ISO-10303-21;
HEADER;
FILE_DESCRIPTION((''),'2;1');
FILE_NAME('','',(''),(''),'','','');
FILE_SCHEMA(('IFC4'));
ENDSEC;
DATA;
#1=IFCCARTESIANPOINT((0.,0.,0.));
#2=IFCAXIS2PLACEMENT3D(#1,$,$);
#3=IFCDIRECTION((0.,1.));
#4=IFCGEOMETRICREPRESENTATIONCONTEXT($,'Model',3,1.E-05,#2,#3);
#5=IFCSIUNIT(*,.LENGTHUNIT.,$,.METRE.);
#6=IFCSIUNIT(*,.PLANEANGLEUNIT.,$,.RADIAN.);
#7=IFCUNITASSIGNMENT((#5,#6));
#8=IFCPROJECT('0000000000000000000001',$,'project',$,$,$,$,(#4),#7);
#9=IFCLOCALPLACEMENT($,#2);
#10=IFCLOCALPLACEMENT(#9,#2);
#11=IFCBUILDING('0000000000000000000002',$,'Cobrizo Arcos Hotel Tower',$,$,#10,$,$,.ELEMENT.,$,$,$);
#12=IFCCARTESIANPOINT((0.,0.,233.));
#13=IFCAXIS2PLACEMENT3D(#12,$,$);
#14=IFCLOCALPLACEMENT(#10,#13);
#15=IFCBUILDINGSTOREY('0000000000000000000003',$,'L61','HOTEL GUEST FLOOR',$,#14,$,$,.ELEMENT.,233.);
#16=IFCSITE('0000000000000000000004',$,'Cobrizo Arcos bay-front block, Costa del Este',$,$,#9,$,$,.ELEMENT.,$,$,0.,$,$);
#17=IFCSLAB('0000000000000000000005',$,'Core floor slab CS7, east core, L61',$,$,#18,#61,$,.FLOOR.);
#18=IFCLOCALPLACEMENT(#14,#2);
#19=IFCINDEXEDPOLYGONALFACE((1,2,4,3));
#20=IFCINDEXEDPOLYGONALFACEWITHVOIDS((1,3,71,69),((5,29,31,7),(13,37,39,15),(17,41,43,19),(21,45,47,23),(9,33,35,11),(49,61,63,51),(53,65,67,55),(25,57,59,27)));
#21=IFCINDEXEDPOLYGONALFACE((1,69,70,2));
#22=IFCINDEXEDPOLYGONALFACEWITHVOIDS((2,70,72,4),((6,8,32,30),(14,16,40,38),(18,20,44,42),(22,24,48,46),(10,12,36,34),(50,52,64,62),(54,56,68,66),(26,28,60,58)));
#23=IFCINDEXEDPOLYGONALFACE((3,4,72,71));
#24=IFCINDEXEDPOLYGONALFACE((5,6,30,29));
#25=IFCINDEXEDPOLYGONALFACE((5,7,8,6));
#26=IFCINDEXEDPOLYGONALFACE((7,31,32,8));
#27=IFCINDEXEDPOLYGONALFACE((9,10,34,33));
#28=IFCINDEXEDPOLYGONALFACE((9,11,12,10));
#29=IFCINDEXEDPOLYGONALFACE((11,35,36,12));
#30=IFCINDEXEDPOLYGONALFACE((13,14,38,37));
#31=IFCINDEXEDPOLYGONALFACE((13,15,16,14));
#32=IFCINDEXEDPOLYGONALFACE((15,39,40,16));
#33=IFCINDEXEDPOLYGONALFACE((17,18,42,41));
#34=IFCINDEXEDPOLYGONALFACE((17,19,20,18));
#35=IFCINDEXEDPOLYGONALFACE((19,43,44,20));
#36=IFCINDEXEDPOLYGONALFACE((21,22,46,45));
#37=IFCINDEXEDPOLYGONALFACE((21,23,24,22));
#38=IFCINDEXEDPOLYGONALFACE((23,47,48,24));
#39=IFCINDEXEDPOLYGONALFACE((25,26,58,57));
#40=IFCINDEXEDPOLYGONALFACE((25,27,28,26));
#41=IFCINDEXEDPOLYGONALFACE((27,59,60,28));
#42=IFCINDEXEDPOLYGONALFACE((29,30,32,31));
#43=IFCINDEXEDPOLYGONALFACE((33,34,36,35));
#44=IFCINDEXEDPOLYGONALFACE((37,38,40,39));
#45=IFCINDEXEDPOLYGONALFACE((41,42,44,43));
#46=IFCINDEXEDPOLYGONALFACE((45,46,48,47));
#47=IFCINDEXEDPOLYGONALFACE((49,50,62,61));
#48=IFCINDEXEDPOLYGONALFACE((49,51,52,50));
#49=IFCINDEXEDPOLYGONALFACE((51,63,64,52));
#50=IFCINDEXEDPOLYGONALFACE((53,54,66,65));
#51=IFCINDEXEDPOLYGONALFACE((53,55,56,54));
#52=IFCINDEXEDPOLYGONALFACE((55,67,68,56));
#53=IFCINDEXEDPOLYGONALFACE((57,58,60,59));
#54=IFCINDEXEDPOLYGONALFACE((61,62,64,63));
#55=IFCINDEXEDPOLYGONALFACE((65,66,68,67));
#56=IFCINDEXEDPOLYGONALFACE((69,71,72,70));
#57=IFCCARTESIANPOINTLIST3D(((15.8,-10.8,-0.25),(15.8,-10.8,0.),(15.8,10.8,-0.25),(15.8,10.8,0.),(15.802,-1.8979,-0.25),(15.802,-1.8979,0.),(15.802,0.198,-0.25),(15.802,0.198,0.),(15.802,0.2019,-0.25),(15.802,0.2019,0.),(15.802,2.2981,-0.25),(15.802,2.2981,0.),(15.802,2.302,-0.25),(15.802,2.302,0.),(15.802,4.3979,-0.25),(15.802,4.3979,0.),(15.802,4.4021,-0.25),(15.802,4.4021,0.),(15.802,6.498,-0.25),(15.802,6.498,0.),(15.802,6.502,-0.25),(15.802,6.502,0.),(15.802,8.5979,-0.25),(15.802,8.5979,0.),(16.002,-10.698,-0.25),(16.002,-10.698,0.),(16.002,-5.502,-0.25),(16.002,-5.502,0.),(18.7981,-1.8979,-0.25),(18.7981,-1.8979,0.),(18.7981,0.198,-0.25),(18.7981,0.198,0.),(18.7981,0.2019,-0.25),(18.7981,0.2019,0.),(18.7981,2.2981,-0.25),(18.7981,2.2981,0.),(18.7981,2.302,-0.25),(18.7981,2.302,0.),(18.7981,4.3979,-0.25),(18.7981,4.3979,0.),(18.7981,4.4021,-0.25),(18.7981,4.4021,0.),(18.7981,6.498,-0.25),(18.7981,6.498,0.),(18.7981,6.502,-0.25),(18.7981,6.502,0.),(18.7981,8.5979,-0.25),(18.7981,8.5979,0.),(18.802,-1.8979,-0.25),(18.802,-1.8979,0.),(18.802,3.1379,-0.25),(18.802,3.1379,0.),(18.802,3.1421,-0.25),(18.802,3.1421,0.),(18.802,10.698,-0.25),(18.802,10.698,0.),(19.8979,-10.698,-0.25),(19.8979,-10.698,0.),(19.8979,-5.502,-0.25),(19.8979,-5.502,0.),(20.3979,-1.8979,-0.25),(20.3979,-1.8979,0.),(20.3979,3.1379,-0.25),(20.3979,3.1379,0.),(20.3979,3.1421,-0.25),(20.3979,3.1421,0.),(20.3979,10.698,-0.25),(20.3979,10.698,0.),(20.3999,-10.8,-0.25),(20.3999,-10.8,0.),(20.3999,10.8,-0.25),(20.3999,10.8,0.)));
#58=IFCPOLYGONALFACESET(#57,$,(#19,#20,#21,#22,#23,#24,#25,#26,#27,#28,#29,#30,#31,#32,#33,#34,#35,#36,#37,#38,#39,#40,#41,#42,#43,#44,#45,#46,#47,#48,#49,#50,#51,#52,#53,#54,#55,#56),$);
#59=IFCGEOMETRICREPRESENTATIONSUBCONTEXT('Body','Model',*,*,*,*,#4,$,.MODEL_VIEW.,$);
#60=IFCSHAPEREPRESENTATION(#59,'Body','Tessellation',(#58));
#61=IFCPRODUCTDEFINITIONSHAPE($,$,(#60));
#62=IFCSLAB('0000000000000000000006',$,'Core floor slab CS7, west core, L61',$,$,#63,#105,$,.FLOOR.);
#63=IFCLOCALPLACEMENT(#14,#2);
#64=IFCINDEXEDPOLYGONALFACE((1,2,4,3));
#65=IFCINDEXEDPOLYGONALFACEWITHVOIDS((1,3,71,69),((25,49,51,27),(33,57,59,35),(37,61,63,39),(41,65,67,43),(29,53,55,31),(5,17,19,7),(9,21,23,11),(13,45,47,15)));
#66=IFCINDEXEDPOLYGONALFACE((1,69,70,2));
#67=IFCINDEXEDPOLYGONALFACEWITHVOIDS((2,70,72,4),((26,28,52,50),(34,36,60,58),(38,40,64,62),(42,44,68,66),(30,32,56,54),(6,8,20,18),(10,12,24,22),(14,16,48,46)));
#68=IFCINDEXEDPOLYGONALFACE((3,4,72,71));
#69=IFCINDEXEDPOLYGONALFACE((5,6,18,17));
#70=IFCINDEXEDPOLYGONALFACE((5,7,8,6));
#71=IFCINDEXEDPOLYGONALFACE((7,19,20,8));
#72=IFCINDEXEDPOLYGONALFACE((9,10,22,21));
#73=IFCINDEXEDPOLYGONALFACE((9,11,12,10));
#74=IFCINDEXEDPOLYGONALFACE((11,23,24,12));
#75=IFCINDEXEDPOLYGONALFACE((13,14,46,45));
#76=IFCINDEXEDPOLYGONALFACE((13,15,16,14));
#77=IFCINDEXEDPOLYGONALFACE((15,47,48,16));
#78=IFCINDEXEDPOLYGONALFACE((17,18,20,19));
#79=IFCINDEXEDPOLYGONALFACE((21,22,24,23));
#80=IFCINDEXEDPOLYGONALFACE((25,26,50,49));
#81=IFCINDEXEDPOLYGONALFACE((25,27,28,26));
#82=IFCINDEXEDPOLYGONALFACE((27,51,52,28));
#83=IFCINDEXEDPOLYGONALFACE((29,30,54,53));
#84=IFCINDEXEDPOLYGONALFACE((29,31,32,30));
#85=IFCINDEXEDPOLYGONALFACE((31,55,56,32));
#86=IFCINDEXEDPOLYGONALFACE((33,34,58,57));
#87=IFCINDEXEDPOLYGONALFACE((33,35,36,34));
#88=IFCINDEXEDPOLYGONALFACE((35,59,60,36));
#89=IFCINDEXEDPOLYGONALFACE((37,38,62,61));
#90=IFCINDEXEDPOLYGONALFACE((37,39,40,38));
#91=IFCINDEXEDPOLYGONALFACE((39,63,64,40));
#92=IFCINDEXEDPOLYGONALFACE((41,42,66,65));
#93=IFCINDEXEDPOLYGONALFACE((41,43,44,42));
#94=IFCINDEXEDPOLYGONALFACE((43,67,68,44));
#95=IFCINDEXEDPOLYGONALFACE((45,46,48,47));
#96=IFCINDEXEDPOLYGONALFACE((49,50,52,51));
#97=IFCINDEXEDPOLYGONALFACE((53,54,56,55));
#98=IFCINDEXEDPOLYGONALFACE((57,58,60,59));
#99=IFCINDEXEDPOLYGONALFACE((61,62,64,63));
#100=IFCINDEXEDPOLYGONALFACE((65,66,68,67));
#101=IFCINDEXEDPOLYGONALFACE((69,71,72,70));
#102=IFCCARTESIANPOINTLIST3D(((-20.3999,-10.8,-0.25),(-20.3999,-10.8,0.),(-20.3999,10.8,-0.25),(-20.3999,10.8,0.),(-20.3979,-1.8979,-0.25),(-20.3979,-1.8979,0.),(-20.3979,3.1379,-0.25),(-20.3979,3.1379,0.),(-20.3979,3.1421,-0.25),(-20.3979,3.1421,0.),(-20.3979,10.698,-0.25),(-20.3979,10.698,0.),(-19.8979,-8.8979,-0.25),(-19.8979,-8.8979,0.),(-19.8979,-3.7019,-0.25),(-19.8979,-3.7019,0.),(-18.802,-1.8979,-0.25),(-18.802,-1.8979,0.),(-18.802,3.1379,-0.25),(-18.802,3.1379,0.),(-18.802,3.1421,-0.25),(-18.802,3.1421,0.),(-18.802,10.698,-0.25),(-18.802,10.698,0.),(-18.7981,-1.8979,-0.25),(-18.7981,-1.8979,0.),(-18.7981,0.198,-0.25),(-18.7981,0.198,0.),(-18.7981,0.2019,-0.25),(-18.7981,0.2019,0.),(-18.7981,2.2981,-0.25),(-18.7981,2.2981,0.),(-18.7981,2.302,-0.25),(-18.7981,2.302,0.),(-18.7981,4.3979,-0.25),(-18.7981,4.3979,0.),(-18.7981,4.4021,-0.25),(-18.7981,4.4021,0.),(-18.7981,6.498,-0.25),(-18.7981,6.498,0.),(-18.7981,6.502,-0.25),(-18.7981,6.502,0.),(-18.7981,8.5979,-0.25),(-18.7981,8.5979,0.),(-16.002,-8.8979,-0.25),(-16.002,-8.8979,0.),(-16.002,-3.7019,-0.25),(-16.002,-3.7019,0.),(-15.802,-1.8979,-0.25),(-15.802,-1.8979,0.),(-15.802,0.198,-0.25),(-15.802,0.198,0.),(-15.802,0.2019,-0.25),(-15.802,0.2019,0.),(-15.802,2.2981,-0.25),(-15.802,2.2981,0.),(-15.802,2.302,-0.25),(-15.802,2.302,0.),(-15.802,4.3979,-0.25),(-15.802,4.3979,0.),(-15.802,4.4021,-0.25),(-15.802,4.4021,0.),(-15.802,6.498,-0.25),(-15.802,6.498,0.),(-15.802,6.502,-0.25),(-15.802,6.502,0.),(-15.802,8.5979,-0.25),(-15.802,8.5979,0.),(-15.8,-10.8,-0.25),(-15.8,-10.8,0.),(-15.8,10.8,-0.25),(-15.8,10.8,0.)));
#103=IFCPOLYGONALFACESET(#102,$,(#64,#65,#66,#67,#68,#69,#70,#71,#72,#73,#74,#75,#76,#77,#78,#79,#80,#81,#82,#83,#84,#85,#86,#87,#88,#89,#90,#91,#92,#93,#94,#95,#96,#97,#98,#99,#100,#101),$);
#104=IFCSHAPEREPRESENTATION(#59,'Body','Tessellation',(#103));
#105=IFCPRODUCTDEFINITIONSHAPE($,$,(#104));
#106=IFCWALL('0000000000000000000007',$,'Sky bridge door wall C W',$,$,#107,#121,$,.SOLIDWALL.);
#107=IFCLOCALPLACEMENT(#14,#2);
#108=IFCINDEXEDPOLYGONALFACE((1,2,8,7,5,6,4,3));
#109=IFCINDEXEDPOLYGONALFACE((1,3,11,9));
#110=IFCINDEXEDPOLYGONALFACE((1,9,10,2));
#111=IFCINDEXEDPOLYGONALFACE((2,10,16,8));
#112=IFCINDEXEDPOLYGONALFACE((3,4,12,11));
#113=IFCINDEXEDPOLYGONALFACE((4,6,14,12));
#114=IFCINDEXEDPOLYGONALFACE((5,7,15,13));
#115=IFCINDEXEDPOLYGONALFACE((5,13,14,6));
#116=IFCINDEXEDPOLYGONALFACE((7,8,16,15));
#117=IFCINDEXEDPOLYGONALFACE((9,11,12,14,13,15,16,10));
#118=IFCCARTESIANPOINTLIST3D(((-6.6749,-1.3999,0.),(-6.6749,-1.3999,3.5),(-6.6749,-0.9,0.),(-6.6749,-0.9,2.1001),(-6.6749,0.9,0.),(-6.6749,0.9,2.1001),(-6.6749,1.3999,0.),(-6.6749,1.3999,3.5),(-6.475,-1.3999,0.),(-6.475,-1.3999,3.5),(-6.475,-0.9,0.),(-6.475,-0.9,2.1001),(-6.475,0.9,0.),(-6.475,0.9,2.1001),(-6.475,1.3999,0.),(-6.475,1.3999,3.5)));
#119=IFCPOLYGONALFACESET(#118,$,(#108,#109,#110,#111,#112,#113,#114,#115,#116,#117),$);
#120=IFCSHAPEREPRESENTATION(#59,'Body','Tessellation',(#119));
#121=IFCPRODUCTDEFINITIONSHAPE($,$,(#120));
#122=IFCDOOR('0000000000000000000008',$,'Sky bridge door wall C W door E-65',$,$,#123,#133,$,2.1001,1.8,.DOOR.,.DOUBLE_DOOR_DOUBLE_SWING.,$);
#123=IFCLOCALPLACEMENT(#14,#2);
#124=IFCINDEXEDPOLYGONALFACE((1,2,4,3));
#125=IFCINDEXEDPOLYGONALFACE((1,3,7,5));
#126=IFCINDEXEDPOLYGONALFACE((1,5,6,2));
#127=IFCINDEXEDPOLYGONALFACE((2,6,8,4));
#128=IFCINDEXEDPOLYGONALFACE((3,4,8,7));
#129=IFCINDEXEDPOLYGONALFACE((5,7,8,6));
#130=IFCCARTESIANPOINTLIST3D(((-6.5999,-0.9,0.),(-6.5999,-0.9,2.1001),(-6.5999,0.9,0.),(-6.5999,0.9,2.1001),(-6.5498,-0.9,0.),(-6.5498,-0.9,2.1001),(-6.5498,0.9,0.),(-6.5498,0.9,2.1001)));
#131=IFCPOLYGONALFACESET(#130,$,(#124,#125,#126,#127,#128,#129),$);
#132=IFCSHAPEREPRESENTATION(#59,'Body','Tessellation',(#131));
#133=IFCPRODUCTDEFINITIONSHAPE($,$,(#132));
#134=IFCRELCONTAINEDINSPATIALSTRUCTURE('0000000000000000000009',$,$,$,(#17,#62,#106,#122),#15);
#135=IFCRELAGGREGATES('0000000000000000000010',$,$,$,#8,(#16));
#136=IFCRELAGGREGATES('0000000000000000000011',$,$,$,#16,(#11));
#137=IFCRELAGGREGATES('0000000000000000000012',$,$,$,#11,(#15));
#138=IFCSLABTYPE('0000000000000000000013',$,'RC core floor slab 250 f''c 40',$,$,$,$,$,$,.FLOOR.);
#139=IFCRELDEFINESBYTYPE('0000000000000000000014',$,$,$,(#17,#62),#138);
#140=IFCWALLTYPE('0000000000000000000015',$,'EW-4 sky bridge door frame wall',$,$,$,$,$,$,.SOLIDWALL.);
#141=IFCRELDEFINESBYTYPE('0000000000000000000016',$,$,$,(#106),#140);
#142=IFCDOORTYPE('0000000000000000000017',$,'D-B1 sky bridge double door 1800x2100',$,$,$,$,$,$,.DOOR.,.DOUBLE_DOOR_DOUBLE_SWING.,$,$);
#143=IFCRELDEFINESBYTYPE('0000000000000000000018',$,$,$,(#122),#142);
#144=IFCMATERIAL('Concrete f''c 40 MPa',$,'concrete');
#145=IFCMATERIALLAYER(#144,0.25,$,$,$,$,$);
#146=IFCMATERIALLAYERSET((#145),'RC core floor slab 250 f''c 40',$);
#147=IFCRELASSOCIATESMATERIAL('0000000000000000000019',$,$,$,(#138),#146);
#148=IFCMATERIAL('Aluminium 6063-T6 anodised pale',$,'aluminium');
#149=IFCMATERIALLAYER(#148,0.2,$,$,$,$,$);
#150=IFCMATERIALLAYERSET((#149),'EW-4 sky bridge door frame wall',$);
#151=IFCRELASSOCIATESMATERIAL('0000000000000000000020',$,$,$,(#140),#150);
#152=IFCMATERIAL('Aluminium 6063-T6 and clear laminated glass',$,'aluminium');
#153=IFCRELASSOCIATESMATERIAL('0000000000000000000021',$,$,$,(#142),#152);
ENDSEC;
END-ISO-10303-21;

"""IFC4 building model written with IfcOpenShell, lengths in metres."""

from ifc_helpers import new_model, si_unit, direction, frame, frame_2d, origin, place, context, subcontext, project, spatial, polyline, rectangle, outline, extrude, material, layer, layer_set, type_object, element, fill, save


model = new_model("IFC4")

# Units and contexts
model_context = context("Model", 3, precision=1e-05, world=origin(), true_north=direction((0.0, 1.0)))
body_context = subcontext(model_context, "Body", "Model", "MODEL_VIEW")
ifc_project = project(units=[si_unit("LENGTHUNIT", "METRE"), si_unit("PLANEANGLEUNIT", "RADIAN")], contexts=[model_context])

# Site, building, storey
site_placement = place(None, origin())
site = spatial("IfcSite", under=ifc_project, at=site_placement, Name="Cobrizo Arcos bay-front block, Costa del Este", CompositionType="ELEMENT", RefElevation=0.0)
building_placement = place(site_placement, origin())
building = spatial("IfcBuilding", under=site, at=building_placement, Name="Cobrizo Arcos Hotel Tower", CompositionType="ELEMENT")
storey_placement = place(building_placement, frame((0.0, 0.0, 233.0)))
storey = spatial("IfcBuildingStorey", under=building, at=storey_placement, Name="L61", Description="HOTEL GUEST FLOOR", CompositionType="ELEMENT", Elevation=233.0)

# Slabs
ifc_material_1 = material(Name="Concrete f'c 40 MPa", Category="concrete")
ifc_layer_1 = layer(ifc_material_1, 0.25)
ifc_layer_set_1 = layer_set([ifc_layer_1], Name="RC core floor slab 250 f'c 40")
slab_type_1 = type_object("IfcSlabType", Name="RC core floor slab 250 f'c 40", PredefinedType="FLOOR", material=ifc_layer_set_1)
slab_1_placement = place(storey_placement, frame((0.0, 0.0, -0.25)))
element("IfcSlab", 1, at=slab_1_placement, inside=storey, type_object=slab_type_1, Name="Core floor slab CS7, east core, L61", PredefinedType="FLOOR", context=body_context, shape_type="SweptSolid", body=[
    extrude(outline(polyline([(15.8, 10.8), (20.3999, 10.8), (20.3999, -10.8), (15.8, -10.8), (15.8, 10.8)]), holes=[polyline([(19.8979, -10.698), (19.8979, -5.502), (16.002, -5.502), (16.002, -10.698), (19.8979, -10.698)]), polyline([(15.802, 0.198), (15.802, -1.8979), (18.7981, -1.8979), (18.7981, 0.198), (15.802, 0.198)]), polyline([(20.3979, 3.1379), (18.802, 3.1379), (18.802, -1.8979), (20.3979, -1.8979), (20.3979, 3.1379)]), polyline([(18.7981, 2.2981), (15.802, 2.2981), (15.802, 0.2019), (18.7981, 0.2019), (18.7981, 2.2981)]), polyline([(18.7981, 4.3979), (15.802, 4.3979), (15.802, 2.302), (18.7981, 2.302), (18.7981, 4.3979)]), polyline([(18.7981, 6.498), (15.802, 6.498), (15.802, 4.4021), (18.7981, 4.4021), (18.7981, 6.498)]), polyline([(20.3979, 10.698), (18.802, 10.698), (18.802, 3.1421), (20.3979, 3.1421), (20.3979, 10.698)]), polyline([(18.7981, 8.5979), (15.802, 8.5979), (15.802, 6.502), (18.7981, 6.502), (18.7981, 8.5979)])]), origin(), (0.0, 0.0, 1.0), 0.25),
])
slab_2_placement = place(storey_placement, frame((0.0, 0.0, -0.25)))
element("IfcSlab", 2, at=slab_2_placement, inside=storey, type_object=slab_type_1, Name="Core floor slab CS7, west core, L61", PredefinedType="FLOOR", context=body_context, shape_type="SweptSolid", body=[
    extrude(outline(polyline([(-20.3999, 10.8), (-15.8, 10.8), (-15.8, -10.8), (-20.3999, -10.8), (-20.3999, 10.8)]), holes=[polyline([(-19.8979, -3.7019), (-19.8979, -8.8979), (-16.002, -8.8979), (-16.002, -3.7019), (-19.8979, -3.7019)]), polyline([(-18.7981, 0.198), (-18.7981, -1.8979), (-15.802, -1.8979), (-15.802, 0.198), (-18.7981, 0.198)]), polyline([(-18.802, 3.1379), (-20.3979, 3.1379), (-20.3979, -1.8979), (-18.802, -1.8979), (-18.802, 3.1379)]), polyline([(-15.802, 2.2981), (-18.7981, 2.2981), (-18.7981, 0.2019), (-15.802, 0.2019), (-15.802, 2.2981)]), polyline([(-15.802, 4.3979), (-18.7981, 4.3979), (-18.7981, 2.302), (-15.802, 2.302), (-15.802, 4.3979)]), polyline([(-15.802, 6.498), (-18.7981, 6.498), (-18.7981, 4.4021), (-15.802, 4.4021), (-15.802, 6.498)]), polyline([(-18.802, 10.698), (-20.3979, 10.698), (-20.3979, 3.1421), (-18.802, 3.1421), (-18.802, 10.698)]), polyline([(-15.802, 8.5979), (-18.7981, 8.5979), (-18.7981, 6.502), (-15.802, 6.502), (-15.802, 8.5979)])]), origin(), (0.0, 0.0, 1.0), 0.25),
])

# Wall, opening, door
ifc_material_2 = material(Name="Aluminium 6063-T6 anodised pale", Category="aluminium")
ifc_layer_2 = layer(ifc_material_2, 0.2)
ifc_layer_set_2 = layer_set([ifc_layer_2], Name="EW-4 sky bridge door frame wall")
wall_type = type_object("IfcWallType", Name="EW-4 sky bridge door frame wall", PredefinedType="SOLIDWALL", material=ifc_layer_set_2)
wall_placement = place(storey_placement, frame((-6.575, -1.3999, 0.0), z_axis=(0.0, 0.0, 1.0), x_axis=(0.0, 1.0, 0.0)))
wall = element("IfcWall", 3, at=wall_placement, inside=storey, type_object=wall_type, Name="Sky bridge door wall C W", PredefinedType="SOLIDWALL", context=body_context, shape_type="SweptSolid", body=[
    extrude(rectangle(XDim=2.7998, YDim=0.2, at=frame_2d((1.3999, 0.0))), origin(), (0.0, 0.0, 1.0), 3.5),
])
opening_placement = place(wall_placement, frame((0.5, 0.0, 0.0)))
opening = element("IfcOpeningElement", 4, at=opening_placement, cuts=wall, PredefinedType="OPENING", context=body_context, shape_type="SweptSolid", body=[
    extrude(rectangle(XDim=1.8, YDim=2.1001, at=frame_2d((0.8999, 1.05))), frame((0.0, 0.1121, 0.0), z_axis=(0.0, -1.0, 0.0), x_axis=(1.0, 0.0, 0.0)), (0.0, 0.0, 1.0), 0.2239),
])
ifc_material_3 = material(Name="Aluminium 6063-T6 and clear laminated glass", Category="aluminium")
door_type = type_object("IfcDoorType", Name="D-B1 sky bridge double door 1800x2100", OperationType="DOUBLE_DOOR_DOUBLE_SWING", PredefinedType="DOOR", material=ifc_material_3)
door_placement = place(opening_placement, origin())
door = element("IfcDoor", 5, at=door_placement, inside=storey, type_object=door_type, Name="Sky bridge door wall C W door E-65", OperationType="DOUBLE_DOOR_DOUBLE_SWING", OverallHeight=2.1001, OverallWidth=1.8, PredefinedType="DOOR", context=body_context, shape_type="SweptSolid", body=[
    extrude(rectangle(XDim=1.8, YDim=2.1001, at=frame_2d((0.8999, 1.05))), frame((0.0, 0.0249, 0.0), z_axis=(0.0, -1.0, 0.0), x_axis=(1.0, 0.0, 0.0)), (0.0, 0.0, 1.0), 0.05),
])
fill(opening, door)

save(model, "model.ifc")
